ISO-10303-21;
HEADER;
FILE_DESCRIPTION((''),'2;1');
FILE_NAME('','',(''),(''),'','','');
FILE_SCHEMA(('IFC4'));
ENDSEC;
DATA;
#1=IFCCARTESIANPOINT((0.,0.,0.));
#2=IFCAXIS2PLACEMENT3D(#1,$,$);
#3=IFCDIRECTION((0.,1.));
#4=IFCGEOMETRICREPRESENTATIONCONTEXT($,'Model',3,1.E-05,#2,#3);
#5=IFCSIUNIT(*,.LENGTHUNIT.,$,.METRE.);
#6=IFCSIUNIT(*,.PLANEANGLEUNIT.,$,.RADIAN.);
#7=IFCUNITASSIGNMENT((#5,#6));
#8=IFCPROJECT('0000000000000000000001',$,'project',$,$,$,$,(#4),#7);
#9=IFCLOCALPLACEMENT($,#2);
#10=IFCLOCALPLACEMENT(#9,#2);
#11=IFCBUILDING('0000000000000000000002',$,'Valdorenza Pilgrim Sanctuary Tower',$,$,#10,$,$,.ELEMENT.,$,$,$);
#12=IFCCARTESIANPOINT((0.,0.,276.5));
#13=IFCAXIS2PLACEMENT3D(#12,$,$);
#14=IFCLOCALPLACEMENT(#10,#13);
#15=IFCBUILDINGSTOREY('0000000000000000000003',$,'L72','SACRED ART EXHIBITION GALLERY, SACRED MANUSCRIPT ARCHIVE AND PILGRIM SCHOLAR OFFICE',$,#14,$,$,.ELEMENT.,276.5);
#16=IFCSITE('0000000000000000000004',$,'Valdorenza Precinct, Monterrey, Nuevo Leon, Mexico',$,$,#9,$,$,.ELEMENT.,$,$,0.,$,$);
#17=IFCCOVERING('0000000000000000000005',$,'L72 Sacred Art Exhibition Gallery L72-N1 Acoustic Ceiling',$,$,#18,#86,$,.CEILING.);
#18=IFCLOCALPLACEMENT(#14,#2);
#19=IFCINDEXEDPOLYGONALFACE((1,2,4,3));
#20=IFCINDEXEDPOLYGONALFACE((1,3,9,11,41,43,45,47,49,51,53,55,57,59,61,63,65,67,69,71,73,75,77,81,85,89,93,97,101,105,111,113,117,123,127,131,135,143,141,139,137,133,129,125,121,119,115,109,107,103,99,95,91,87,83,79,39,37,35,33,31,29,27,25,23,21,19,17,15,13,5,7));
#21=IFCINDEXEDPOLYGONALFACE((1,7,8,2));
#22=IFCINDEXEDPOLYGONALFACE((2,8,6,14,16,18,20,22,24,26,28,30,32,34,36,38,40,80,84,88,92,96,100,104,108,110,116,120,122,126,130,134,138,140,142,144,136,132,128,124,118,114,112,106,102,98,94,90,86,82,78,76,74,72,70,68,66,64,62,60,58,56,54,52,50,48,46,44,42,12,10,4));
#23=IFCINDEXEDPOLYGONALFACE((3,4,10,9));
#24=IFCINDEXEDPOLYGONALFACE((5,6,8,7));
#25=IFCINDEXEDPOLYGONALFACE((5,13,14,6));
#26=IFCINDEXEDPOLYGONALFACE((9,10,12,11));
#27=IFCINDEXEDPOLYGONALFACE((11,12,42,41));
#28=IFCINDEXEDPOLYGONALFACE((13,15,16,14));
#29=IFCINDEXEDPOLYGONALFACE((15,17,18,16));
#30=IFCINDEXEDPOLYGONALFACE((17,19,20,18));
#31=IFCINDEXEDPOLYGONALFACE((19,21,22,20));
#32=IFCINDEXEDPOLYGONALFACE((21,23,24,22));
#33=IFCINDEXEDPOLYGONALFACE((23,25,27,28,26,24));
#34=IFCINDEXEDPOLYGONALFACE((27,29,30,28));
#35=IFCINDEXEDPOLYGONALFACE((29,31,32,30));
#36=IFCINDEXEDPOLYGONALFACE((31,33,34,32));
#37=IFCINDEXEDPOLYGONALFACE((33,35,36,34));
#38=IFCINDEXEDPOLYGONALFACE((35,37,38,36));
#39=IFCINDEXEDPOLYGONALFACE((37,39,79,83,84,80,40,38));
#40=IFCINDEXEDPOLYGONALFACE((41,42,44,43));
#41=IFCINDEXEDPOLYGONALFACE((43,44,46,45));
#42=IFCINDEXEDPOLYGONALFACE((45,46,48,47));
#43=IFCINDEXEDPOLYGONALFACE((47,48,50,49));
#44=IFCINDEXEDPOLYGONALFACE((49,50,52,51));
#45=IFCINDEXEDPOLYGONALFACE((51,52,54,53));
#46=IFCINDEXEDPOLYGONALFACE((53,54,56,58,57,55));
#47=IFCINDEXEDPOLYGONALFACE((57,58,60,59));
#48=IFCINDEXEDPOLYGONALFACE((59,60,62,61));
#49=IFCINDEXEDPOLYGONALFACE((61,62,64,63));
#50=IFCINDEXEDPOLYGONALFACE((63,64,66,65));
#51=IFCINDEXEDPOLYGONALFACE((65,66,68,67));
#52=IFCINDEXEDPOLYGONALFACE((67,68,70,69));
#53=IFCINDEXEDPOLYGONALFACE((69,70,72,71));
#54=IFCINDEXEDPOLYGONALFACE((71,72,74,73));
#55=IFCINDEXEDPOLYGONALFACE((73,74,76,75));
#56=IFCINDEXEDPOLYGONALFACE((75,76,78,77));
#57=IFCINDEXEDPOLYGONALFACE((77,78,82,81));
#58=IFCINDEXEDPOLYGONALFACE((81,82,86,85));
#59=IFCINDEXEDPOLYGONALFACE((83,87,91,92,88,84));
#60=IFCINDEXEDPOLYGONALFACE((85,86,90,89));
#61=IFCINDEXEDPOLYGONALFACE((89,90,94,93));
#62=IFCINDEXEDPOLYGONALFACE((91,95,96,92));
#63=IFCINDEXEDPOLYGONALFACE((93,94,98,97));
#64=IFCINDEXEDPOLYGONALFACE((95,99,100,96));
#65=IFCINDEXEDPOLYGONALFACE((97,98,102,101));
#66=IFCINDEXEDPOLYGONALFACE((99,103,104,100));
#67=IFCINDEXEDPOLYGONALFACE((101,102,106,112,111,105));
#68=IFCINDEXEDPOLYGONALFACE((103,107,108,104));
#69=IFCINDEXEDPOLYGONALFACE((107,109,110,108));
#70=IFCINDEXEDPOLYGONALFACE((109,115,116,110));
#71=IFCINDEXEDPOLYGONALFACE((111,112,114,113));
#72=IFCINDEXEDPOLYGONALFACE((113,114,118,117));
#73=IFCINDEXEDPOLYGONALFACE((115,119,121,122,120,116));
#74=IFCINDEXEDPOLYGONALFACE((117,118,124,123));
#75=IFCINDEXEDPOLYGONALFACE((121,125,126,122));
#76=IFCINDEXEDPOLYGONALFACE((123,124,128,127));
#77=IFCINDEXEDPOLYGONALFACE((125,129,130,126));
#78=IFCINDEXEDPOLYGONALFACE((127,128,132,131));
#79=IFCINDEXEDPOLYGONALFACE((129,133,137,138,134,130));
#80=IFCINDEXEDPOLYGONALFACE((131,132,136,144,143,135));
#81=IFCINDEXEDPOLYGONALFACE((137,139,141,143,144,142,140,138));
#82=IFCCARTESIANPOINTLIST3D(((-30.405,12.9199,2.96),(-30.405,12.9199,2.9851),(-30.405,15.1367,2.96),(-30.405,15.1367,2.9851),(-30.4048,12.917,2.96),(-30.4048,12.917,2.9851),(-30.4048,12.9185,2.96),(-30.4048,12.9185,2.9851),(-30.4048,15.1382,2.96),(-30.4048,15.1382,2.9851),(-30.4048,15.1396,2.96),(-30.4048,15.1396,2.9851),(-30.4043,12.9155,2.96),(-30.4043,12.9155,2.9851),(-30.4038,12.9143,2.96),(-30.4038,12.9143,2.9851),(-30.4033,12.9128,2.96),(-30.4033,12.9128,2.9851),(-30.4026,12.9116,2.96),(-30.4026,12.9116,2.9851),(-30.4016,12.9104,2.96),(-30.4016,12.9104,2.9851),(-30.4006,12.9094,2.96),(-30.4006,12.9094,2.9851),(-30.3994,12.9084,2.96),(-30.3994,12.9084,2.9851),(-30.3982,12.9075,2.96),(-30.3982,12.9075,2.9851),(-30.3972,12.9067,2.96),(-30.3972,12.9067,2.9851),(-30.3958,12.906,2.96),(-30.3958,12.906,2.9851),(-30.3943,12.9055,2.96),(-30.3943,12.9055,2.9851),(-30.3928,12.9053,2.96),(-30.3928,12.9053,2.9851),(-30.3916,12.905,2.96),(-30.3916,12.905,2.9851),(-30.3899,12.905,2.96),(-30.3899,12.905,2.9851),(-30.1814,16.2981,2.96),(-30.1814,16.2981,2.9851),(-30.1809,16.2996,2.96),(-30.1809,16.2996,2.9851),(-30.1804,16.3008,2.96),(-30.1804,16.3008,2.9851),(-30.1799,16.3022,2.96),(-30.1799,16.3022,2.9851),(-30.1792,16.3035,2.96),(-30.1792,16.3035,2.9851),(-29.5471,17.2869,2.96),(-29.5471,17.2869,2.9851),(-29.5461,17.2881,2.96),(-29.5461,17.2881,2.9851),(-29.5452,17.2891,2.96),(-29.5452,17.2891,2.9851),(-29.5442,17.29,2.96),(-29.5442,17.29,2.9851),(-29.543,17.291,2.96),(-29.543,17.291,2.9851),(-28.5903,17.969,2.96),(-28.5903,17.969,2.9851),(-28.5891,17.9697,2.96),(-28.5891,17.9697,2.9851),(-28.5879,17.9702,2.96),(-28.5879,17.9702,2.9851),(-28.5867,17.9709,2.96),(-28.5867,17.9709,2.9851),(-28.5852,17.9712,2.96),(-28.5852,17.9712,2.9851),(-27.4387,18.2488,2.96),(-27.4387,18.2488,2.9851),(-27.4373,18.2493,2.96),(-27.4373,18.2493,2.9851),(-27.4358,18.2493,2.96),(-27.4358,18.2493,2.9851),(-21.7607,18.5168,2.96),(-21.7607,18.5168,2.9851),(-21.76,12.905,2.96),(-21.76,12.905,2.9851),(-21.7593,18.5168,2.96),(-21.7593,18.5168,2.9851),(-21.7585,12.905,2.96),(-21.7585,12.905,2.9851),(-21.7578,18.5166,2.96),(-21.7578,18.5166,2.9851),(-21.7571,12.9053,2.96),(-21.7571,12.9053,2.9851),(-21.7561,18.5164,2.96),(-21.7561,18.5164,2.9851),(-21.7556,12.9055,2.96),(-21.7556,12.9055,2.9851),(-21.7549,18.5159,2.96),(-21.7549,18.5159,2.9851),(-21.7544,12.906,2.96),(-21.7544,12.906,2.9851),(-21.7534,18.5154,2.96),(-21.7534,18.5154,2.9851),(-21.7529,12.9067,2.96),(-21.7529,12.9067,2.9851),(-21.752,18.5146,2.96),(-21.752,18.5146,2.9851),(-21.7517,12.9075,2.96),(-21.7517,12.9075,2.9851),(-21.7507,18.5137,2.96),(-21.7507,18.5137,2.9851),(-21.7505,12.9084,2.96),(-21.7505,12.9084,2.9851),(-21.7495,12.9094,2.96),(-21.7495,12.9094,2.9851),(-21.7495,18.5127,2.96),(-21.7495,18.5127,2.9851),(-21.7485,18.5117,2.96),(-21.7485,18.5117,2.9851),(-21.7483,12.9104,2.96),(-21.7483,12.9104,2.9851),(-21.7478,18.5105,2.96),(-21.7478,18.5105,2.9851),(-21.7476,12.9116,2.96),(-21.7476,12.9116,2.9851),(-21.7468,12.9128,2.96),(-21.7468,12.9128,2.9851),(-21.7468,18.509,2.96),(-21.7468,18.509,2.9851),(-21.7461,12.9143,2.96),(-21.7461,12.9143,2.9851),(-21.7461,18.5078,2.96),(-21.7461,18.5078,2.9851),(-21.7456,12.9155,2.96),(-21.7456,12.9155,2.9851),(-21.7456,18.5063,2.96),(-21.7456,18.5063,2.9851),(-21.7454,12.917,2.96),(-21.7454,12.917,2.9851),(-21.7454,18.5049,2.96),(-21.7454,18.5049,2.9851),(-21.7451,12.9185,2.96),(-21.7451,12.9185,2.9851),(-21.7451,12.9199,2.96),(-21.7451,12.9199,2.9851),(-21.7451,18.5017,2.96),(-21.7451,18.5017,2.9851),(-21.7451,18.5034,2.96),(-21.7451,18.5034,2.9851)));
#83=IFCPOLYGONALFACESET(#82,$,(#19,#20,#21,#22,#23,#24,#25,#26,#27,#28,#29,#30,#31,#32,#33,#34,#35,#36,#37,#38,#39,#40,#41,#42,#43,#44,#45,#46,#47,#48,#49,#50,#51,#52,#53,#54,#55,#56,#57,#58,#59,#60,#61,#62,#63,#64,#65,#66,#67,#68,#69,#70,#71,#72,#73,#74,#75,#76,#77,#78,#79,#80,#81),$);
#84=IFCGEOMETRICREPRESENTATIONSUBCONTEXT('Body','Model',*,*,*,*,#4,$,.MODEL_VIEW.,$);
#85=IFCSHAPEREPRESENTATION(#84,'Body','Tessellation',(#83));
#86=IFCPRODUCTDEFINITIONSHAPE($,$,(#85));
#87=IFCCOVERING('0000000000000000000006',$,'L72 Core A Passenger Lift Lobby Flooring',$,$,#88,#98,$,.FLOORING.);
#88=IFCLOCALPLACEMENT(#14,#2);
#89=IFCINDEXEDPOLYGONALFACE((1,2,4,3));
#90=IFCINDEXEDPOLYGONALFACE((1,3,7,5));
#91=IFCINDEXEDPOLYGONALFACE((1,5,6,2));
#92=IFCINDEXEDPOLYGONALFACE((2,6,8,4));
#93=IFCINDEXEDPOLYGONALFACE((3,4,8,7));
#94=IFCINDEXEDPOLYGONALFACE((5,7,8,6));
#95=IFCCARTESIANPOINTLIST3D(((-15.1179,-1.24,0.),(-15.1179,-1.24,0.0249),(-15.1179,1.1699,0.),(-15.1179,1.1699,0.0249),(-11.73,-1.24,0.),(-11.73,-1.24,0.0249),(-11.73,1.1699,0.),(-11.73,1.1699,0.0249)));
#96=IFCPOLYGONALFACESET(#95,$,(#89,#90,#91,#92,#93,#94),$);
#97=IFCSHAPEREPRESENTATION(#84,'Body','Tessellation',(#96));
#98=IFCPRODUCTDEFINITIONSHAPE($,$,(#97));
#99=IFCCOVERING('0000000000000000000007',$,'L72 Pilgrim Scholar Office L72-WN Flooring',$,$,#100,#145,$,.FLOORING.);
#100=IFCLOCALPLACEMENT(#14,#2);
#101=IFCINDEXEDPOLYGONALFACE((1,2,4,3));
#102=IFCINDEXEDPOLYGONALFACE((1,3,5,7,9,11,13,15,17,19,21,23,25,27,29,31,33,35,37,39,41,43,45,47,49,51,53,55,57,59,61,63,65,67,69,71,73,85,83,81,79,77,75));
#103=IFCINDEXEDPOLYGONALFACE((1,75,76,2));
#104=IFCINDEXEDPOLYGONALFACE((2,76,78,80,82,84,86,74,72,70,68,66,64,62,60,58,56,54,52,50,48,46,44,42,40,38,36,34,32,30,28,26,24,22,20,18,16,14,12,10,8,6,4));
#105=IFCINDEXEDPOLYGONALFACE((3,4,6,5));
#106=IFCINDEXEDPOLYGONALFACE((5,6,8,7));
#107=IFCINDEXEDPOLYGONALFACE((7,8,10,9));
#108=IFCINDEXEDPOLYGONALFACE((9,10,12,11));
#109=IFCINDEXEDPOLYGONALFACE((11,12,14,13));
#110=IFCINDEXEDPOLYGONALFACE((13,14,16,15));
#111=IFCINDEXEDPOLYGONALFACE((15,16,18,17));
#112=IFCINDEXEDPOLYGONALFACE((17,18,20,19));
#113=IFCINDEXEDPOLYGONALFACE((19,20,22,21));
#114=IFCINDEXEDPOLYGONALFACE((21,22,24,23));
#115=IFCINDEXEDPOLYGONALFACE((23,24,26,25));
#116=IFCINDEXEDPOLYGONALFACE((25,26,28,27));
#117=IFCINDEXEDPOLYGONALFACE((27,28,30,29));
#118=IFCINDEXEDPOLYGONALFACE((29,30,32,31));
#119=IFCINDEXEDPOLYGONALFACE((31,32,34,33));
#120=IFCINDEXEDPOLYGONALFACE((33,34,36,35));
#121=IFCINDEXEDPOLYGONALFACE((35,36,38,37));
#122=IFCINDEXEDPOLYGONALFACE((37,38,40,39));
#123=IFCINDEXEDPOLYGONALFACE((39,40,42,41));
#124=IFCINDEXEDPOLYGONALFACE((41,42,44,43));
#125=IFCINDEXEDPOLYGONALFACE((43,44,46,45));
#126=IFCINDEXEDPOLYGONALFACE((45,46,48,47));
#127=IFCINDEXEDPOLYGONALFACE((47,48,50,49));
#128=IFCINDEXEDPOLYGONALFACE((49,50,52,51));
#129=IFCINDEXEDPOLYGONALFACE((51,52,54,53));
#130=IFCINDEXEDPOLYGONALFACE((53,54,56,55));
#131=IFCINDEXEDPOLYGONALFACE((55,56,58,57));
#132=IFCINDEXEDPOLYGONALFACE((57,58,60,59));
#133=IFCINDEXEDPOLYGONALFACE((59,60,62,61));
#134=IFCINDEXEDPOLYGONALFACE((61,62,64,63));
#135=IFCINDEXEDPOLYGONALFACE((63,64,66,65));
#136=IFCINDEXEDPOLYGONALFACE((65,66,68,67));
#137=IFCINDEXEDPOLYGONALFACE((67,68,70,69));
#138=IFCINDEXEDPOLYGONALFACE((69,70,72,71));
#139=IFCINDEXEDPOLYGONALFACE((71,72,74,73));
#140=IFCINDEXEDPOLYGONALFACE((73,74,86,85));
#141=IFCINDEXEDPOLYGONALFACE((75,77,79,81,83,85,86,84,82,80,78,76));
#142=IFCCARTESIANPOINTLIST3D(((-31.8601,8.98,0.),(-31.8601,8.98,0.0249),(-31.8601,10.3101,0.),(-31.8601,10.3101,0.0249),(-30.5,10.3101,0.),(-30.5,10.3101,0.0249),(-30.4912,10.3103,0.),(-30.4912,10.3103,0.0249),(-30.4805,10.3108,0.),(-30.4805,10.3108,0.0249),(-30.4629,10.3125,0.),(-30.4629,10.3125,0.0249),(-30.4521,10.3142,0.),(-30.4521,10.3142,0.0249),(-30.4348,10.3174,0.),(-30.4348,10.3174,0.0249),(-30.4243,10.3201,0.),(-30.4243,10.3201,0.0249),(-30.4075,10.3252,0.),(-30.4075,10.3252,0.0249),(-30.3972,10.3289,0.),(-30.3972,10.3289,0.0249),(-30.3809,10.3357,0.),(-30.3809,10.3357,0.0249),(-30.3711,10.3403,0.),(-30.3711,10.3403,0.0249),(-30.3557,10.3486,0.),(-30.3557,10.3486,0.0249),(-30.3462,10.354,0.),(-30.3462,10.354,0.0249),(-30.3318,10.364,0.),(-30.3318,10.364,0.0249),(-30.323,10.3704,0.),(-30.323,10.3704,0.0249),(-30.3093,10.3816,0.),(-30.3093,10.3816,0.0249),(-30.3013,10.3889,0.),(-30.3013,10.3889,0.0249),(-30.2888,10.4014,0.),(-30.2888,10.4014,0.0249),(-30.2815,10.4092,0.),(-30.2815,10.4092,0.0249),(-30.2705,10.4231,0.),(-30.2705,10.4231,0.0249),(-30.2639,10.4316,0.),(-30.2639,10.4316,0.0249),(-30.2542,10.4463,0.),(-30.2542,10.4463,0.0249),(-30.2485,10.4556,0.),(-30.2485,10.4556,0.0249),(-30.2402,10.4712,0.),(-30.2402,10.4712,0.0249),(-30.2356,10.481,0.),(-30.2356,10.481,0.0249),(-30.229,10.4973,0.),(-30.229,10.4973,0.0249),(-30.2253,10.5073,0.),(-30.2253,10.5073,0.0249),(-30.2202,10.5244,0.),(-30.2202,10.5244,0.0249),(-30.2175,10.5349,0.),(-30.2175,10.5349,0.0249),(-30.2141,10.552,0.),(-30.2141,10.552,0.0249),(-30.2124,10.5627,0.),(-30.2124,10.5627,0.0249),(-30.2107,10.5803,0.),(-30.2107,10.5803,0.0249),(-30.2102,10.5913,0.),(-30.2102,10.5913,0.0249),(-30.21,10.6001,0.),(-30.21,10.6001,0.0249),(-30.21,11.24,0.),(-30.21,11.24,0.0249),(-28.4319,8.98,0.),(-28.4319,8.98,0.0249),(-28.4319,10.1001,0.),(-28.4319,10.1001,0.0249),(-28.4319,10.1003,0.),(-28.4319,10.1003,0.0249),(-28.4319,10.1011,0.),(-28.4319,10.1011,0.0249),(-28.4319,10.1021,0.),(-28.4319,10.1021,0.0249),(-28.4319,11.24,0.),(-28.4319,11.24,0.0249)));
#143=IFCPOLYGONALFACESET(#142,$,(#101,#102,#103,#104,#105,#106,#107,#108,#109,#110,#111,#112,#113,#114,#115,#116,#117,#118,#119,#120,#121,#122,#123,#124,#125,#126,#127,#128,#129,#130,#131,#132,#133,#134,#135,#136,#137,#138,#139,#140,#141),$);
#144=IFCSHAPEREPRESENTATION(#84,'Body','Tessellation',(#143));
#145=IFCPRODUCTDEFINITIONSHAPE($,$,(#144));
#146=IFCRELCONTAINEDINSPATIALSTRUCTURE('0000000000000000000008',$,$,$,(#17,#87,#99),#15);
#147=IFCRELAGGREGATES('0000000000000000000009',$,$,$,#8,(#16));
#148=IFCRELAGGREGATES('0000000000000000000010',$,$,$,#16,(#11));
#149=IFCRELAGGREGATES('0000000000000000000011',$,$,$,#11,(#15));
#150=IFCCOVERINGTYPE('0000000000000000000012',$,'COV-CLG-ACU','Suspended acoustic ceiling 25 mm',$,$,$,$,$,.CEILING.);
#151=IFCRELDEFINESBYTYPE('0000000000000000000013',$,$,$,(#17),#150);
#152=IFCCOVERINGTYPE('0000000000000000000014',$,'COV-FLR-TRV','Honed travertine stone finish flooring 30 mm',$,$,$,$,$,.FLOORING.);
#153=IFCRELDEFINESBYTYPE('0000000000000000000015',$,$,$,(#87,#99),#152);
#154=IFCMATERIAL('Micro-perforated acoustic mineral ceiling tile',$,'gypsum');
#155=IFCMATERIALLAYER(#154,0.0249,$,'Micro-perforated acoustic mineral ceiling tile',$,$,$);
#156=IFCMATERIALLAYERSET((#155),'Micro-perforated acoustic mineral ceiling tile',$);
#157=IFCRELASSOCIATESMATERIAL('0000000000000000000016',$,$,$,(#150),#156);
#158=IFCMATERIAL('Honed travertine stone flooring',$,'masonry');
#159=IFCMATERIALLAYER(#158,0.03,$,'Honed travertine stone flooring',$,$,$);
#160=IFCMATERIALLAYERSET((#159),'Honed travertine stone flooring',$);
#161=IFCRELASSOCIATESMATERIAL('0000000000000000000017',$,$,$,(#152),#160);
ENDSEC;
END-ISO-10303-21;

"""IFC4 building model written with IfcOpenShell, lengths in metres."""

from ifc_helpers import new_model, si_unit, direction, frame, origin, place, context, subcontext, project, spatial, polyline, outline, extrude, material, layer, layer_set, type_object, element, save


model = new_model("IFC4")

# Units and contexts
model_context = context("Model", 3, precision=1e-05, world=origin(), true_north=direction((0.0, 1.0)))
body_context = subcontext(model_context, "Body", "Model", "MODEL_VIEW")
ifc_project = project(units=[si_unit("LENGTHUNIT", "METRE"), si_unit("PLANEANGLEUNIT", "RADIAN")], contexts=[model_context])

# Site, building, storey
site_placement = place(None, origin())
site = spatial("IfcSite", under=ifc_project, at=site_placement, Name="Valdorenza Precinct, Monterrey, Nuevo Leon, Mexico", CompositionType="ELEMENT", RefElevation=0.0)
building_placement = place(site_placement, origin())
building = spatial("IfcBuilding", under=site, at=building_placement, Name="Valdorenza Pilgrim Sanctuary Tower", CompositionType="ELEMENT")
storey_placement = place(building_placement, frame((0.0, 0.0, 276.5)))
storey = spatial("IfcBuildingStorey", under=building, at=storey_placement, Name="L72", Description="SACRED ART EXHIBITION GALLERY, SACRED MANUSCRIPT ARCHIVE AND PILGRIM SCHOLAR OFFICE", CompositionType="ELEMENT", Elevation=276.5)

# Coverings
ifc_material_1 = material(Name="Micro-perforated acoustic mineral ceiling tile", Category="gypsum")
ifc_layer_1 = layer(ifc_material_1, 0.0249, Name="Micro-perforated acoustic mineral ceiling tile")
ifc_layer_set_1 = layer_set([ifc_layer_1], Name="Micro-perforated acoustic mineral ceiling tile")
covering_type_1 = type_object("IfcCoveringType", Name="COV-CLG-ACU", Description="Suspended acoustic ceiling 25 mm", PredefinedType="CEILING", material=ifc_layer_set_1)
covering_1_placement = place(storey_placement, frame((0.0, 0.0, 2.96)))
element("IfcCovering", 1, at=covering_1_placement, inside=storey, type_object=covering_type_1, Name="L72 Sacred Art Exhibition Gallery L72-N1 Acoustic Ceiling", PredefinedType="CEILING", context=body_context, shape_type="SweptSolid", body=[
    extrude(outline(polyline([(-30.3899, 12.905), (-30.3916, 12.905), (-30.3928, 12.9053), (-30.3943, 12.9055), (-30.3958, 12.906), (-30.3972, 12.9067), (-30.3982, 12.9075), (-30.3994, 12.9084), (-30.4006, 12.9094), (-30.4016, 12.9104), (-30.4026, 12.9116), (-30.4033, 12.9128), (-30.4038, 12.9143), (-30.4043, 12.9155), (-30.4048, 12.917), (-30.4048, 12.9185), (-30.405, 12.9199), (-30.405, 15.1367), (-30.4048, 15.1382), (-30.4048, 15.1396), (-30.1814, 16.2981), (-30.1809, 16.2996), (-30.1804, 16.3008), (-30.1799, 16.3022), (-30.1792, 16.3035), (-29.5471, 17.2869), (-29.5461, 17.2881), (-29.5452, 17.2891), (-29.5442, 17.29), (-29.543, 17.291), (-28.5903, 17.969), (-28.5891, 17.9697), (-28.5879, 17.9702), (-28.5867, 17.9709), (-28.5852, 17.9712), (-27.4387, 18.2488), (-27.4373, 18.2493), (-27.4358, 18.2493), (-21.7607, 18.5168), (-21.7593, 18.5168), (-21.7578, 18.5166), (-21.7561, 18.5164), (-21.7549, 18.5159), (-21.7534, 18.5154), (-21.752, 18.5146), (-21.7507, 18.5137), (-21.7495, 18.5127), (-21.7485, 18.5117), (-21.7478, 18.5105), (-21.7468, 18.509), (-21.7461, 18.5078), (-21.7456, 18.5063), (-21.7454, 18.5049), (-21.7451, 18.5034), (-21.7451, 18.5017), (-21.7451, 12.9199), (-21.7451, 12.9185), (-21.7454, 12.917), (-21.7456, 12.9155), (-21.7461, 12.9143), (-21.7468, 12.9128), (-21.7476, 12.9116), (-21.7483, 12.9104), (-21.7495, 12.9094), (-21.7505, 12.9084), (-21.7517, 12.9075), (-21.7529, 12.9067), (-21.7544, 12.906), (-21.7556, 12.9055), (-21.7571, 12.9053), (-21.7585, 12.905), (-21.76, 12.905), (-30.3899, 12.905)])), origin(), (0.0, 0.0, 1.0), 0.0251),
])
ifc_material_2 = material(Name="Honed travertine stone flooring", Category="masonry")
ifc_layer_2 = layer(ifc_material_2, 0.03, Name="Honed travertine stone flooring")
ifc_layer_set_2 = layer_set([ifc_layer_2], Name="Honed travertine stone flooring")
covering_type_2 = type_object("IfcCoveringType", Name="COV-FLR-TRV", Description="Honed travertine stone finish flooring 30 mm", PredefinedType="FLOORING", material=ifc_layer_set_2)
covering_2_placement = place(storey_placement, origin())
element("IfcCovering", 2, at=covering_2_placement, inside=storey, type_object=covering_type_2, Name="L72 Core A Passenger Lift Lobby Flooring", PredefinedType="FLOORING", context=body_context, shape_type="SweptSolid", body=[
    extrude(outline(polyline([(-15.1179, 1.1699), (-11.73, 1.1699), (-11.73, -1.24), (-15.1179, -1.24), (-15.1179, 1.1699)])), origin(), (0.0, 0.0, 1.0), 0.0249),
])
covering_3_placement = place(storey_placement, origin())
element("IfcCovering", 3, at=covering_3_placement, inside=storey, type_object=covering_type_2, Name="L72 Pilgrim Scholar Office L72-WN Flooring", PredefinedType="FLOORING", context=body_context, shape_type="SweptSolid", body=[
    extrude(outline(polyline([(-28.4319, 11.24), (-28.4319, 10.1021), (-28.4319, 10.1011), (-28.4319, 10.1003), (-28.4319, 10.1001), (-28.4319, 8.98), (-31.8601, 8.98), (-31.8601, 10.3101), (-30.5, 10.3101), (-30.4912, 10.3103), (-30.4805, 10.3108), (-30.4629, 10.3125), (-30.4521, 10.3142), (-30.4348, 10.3174), (-30.4243, 10.3201), (-30.4075, 10.3252), (-30.3972, 10.3289), (-30.3809, 10.3357), (-30.3711, 10.3403), (-30.3557, 10.3486), (-30.3462, 10.354), (-30.3318, 10.364), (-30.323, 10.3704), (-30.3093, 10.3816), (-30.3013, 10.3889), (-30.2888, 10.4014), (-30.2815, 10.4092), (-30.2705, 10.4231), (-30.2639, 10.4316), (-30.2542, 10.4463), (-30.2485, 10.4556), (-30.2402, 10.4712), (-30.2356, 10.481), (-30.229, 10.4973), (-30.2253, 10.5073), (-30.2202, 10.5244), (-30.2175, 10.5349), (-30.2141, 10.552), (-30.2124, 10.5627), (-30.2107, 10.5803), (-30.2102, 10.5913), (-30.21, 10.6001), (-30.21, 11.24), (-28.4319, 11.24)])), origin(), (0.0, 0.0, 1.0), 0.0249),
])

save(model, "model.ifc")
